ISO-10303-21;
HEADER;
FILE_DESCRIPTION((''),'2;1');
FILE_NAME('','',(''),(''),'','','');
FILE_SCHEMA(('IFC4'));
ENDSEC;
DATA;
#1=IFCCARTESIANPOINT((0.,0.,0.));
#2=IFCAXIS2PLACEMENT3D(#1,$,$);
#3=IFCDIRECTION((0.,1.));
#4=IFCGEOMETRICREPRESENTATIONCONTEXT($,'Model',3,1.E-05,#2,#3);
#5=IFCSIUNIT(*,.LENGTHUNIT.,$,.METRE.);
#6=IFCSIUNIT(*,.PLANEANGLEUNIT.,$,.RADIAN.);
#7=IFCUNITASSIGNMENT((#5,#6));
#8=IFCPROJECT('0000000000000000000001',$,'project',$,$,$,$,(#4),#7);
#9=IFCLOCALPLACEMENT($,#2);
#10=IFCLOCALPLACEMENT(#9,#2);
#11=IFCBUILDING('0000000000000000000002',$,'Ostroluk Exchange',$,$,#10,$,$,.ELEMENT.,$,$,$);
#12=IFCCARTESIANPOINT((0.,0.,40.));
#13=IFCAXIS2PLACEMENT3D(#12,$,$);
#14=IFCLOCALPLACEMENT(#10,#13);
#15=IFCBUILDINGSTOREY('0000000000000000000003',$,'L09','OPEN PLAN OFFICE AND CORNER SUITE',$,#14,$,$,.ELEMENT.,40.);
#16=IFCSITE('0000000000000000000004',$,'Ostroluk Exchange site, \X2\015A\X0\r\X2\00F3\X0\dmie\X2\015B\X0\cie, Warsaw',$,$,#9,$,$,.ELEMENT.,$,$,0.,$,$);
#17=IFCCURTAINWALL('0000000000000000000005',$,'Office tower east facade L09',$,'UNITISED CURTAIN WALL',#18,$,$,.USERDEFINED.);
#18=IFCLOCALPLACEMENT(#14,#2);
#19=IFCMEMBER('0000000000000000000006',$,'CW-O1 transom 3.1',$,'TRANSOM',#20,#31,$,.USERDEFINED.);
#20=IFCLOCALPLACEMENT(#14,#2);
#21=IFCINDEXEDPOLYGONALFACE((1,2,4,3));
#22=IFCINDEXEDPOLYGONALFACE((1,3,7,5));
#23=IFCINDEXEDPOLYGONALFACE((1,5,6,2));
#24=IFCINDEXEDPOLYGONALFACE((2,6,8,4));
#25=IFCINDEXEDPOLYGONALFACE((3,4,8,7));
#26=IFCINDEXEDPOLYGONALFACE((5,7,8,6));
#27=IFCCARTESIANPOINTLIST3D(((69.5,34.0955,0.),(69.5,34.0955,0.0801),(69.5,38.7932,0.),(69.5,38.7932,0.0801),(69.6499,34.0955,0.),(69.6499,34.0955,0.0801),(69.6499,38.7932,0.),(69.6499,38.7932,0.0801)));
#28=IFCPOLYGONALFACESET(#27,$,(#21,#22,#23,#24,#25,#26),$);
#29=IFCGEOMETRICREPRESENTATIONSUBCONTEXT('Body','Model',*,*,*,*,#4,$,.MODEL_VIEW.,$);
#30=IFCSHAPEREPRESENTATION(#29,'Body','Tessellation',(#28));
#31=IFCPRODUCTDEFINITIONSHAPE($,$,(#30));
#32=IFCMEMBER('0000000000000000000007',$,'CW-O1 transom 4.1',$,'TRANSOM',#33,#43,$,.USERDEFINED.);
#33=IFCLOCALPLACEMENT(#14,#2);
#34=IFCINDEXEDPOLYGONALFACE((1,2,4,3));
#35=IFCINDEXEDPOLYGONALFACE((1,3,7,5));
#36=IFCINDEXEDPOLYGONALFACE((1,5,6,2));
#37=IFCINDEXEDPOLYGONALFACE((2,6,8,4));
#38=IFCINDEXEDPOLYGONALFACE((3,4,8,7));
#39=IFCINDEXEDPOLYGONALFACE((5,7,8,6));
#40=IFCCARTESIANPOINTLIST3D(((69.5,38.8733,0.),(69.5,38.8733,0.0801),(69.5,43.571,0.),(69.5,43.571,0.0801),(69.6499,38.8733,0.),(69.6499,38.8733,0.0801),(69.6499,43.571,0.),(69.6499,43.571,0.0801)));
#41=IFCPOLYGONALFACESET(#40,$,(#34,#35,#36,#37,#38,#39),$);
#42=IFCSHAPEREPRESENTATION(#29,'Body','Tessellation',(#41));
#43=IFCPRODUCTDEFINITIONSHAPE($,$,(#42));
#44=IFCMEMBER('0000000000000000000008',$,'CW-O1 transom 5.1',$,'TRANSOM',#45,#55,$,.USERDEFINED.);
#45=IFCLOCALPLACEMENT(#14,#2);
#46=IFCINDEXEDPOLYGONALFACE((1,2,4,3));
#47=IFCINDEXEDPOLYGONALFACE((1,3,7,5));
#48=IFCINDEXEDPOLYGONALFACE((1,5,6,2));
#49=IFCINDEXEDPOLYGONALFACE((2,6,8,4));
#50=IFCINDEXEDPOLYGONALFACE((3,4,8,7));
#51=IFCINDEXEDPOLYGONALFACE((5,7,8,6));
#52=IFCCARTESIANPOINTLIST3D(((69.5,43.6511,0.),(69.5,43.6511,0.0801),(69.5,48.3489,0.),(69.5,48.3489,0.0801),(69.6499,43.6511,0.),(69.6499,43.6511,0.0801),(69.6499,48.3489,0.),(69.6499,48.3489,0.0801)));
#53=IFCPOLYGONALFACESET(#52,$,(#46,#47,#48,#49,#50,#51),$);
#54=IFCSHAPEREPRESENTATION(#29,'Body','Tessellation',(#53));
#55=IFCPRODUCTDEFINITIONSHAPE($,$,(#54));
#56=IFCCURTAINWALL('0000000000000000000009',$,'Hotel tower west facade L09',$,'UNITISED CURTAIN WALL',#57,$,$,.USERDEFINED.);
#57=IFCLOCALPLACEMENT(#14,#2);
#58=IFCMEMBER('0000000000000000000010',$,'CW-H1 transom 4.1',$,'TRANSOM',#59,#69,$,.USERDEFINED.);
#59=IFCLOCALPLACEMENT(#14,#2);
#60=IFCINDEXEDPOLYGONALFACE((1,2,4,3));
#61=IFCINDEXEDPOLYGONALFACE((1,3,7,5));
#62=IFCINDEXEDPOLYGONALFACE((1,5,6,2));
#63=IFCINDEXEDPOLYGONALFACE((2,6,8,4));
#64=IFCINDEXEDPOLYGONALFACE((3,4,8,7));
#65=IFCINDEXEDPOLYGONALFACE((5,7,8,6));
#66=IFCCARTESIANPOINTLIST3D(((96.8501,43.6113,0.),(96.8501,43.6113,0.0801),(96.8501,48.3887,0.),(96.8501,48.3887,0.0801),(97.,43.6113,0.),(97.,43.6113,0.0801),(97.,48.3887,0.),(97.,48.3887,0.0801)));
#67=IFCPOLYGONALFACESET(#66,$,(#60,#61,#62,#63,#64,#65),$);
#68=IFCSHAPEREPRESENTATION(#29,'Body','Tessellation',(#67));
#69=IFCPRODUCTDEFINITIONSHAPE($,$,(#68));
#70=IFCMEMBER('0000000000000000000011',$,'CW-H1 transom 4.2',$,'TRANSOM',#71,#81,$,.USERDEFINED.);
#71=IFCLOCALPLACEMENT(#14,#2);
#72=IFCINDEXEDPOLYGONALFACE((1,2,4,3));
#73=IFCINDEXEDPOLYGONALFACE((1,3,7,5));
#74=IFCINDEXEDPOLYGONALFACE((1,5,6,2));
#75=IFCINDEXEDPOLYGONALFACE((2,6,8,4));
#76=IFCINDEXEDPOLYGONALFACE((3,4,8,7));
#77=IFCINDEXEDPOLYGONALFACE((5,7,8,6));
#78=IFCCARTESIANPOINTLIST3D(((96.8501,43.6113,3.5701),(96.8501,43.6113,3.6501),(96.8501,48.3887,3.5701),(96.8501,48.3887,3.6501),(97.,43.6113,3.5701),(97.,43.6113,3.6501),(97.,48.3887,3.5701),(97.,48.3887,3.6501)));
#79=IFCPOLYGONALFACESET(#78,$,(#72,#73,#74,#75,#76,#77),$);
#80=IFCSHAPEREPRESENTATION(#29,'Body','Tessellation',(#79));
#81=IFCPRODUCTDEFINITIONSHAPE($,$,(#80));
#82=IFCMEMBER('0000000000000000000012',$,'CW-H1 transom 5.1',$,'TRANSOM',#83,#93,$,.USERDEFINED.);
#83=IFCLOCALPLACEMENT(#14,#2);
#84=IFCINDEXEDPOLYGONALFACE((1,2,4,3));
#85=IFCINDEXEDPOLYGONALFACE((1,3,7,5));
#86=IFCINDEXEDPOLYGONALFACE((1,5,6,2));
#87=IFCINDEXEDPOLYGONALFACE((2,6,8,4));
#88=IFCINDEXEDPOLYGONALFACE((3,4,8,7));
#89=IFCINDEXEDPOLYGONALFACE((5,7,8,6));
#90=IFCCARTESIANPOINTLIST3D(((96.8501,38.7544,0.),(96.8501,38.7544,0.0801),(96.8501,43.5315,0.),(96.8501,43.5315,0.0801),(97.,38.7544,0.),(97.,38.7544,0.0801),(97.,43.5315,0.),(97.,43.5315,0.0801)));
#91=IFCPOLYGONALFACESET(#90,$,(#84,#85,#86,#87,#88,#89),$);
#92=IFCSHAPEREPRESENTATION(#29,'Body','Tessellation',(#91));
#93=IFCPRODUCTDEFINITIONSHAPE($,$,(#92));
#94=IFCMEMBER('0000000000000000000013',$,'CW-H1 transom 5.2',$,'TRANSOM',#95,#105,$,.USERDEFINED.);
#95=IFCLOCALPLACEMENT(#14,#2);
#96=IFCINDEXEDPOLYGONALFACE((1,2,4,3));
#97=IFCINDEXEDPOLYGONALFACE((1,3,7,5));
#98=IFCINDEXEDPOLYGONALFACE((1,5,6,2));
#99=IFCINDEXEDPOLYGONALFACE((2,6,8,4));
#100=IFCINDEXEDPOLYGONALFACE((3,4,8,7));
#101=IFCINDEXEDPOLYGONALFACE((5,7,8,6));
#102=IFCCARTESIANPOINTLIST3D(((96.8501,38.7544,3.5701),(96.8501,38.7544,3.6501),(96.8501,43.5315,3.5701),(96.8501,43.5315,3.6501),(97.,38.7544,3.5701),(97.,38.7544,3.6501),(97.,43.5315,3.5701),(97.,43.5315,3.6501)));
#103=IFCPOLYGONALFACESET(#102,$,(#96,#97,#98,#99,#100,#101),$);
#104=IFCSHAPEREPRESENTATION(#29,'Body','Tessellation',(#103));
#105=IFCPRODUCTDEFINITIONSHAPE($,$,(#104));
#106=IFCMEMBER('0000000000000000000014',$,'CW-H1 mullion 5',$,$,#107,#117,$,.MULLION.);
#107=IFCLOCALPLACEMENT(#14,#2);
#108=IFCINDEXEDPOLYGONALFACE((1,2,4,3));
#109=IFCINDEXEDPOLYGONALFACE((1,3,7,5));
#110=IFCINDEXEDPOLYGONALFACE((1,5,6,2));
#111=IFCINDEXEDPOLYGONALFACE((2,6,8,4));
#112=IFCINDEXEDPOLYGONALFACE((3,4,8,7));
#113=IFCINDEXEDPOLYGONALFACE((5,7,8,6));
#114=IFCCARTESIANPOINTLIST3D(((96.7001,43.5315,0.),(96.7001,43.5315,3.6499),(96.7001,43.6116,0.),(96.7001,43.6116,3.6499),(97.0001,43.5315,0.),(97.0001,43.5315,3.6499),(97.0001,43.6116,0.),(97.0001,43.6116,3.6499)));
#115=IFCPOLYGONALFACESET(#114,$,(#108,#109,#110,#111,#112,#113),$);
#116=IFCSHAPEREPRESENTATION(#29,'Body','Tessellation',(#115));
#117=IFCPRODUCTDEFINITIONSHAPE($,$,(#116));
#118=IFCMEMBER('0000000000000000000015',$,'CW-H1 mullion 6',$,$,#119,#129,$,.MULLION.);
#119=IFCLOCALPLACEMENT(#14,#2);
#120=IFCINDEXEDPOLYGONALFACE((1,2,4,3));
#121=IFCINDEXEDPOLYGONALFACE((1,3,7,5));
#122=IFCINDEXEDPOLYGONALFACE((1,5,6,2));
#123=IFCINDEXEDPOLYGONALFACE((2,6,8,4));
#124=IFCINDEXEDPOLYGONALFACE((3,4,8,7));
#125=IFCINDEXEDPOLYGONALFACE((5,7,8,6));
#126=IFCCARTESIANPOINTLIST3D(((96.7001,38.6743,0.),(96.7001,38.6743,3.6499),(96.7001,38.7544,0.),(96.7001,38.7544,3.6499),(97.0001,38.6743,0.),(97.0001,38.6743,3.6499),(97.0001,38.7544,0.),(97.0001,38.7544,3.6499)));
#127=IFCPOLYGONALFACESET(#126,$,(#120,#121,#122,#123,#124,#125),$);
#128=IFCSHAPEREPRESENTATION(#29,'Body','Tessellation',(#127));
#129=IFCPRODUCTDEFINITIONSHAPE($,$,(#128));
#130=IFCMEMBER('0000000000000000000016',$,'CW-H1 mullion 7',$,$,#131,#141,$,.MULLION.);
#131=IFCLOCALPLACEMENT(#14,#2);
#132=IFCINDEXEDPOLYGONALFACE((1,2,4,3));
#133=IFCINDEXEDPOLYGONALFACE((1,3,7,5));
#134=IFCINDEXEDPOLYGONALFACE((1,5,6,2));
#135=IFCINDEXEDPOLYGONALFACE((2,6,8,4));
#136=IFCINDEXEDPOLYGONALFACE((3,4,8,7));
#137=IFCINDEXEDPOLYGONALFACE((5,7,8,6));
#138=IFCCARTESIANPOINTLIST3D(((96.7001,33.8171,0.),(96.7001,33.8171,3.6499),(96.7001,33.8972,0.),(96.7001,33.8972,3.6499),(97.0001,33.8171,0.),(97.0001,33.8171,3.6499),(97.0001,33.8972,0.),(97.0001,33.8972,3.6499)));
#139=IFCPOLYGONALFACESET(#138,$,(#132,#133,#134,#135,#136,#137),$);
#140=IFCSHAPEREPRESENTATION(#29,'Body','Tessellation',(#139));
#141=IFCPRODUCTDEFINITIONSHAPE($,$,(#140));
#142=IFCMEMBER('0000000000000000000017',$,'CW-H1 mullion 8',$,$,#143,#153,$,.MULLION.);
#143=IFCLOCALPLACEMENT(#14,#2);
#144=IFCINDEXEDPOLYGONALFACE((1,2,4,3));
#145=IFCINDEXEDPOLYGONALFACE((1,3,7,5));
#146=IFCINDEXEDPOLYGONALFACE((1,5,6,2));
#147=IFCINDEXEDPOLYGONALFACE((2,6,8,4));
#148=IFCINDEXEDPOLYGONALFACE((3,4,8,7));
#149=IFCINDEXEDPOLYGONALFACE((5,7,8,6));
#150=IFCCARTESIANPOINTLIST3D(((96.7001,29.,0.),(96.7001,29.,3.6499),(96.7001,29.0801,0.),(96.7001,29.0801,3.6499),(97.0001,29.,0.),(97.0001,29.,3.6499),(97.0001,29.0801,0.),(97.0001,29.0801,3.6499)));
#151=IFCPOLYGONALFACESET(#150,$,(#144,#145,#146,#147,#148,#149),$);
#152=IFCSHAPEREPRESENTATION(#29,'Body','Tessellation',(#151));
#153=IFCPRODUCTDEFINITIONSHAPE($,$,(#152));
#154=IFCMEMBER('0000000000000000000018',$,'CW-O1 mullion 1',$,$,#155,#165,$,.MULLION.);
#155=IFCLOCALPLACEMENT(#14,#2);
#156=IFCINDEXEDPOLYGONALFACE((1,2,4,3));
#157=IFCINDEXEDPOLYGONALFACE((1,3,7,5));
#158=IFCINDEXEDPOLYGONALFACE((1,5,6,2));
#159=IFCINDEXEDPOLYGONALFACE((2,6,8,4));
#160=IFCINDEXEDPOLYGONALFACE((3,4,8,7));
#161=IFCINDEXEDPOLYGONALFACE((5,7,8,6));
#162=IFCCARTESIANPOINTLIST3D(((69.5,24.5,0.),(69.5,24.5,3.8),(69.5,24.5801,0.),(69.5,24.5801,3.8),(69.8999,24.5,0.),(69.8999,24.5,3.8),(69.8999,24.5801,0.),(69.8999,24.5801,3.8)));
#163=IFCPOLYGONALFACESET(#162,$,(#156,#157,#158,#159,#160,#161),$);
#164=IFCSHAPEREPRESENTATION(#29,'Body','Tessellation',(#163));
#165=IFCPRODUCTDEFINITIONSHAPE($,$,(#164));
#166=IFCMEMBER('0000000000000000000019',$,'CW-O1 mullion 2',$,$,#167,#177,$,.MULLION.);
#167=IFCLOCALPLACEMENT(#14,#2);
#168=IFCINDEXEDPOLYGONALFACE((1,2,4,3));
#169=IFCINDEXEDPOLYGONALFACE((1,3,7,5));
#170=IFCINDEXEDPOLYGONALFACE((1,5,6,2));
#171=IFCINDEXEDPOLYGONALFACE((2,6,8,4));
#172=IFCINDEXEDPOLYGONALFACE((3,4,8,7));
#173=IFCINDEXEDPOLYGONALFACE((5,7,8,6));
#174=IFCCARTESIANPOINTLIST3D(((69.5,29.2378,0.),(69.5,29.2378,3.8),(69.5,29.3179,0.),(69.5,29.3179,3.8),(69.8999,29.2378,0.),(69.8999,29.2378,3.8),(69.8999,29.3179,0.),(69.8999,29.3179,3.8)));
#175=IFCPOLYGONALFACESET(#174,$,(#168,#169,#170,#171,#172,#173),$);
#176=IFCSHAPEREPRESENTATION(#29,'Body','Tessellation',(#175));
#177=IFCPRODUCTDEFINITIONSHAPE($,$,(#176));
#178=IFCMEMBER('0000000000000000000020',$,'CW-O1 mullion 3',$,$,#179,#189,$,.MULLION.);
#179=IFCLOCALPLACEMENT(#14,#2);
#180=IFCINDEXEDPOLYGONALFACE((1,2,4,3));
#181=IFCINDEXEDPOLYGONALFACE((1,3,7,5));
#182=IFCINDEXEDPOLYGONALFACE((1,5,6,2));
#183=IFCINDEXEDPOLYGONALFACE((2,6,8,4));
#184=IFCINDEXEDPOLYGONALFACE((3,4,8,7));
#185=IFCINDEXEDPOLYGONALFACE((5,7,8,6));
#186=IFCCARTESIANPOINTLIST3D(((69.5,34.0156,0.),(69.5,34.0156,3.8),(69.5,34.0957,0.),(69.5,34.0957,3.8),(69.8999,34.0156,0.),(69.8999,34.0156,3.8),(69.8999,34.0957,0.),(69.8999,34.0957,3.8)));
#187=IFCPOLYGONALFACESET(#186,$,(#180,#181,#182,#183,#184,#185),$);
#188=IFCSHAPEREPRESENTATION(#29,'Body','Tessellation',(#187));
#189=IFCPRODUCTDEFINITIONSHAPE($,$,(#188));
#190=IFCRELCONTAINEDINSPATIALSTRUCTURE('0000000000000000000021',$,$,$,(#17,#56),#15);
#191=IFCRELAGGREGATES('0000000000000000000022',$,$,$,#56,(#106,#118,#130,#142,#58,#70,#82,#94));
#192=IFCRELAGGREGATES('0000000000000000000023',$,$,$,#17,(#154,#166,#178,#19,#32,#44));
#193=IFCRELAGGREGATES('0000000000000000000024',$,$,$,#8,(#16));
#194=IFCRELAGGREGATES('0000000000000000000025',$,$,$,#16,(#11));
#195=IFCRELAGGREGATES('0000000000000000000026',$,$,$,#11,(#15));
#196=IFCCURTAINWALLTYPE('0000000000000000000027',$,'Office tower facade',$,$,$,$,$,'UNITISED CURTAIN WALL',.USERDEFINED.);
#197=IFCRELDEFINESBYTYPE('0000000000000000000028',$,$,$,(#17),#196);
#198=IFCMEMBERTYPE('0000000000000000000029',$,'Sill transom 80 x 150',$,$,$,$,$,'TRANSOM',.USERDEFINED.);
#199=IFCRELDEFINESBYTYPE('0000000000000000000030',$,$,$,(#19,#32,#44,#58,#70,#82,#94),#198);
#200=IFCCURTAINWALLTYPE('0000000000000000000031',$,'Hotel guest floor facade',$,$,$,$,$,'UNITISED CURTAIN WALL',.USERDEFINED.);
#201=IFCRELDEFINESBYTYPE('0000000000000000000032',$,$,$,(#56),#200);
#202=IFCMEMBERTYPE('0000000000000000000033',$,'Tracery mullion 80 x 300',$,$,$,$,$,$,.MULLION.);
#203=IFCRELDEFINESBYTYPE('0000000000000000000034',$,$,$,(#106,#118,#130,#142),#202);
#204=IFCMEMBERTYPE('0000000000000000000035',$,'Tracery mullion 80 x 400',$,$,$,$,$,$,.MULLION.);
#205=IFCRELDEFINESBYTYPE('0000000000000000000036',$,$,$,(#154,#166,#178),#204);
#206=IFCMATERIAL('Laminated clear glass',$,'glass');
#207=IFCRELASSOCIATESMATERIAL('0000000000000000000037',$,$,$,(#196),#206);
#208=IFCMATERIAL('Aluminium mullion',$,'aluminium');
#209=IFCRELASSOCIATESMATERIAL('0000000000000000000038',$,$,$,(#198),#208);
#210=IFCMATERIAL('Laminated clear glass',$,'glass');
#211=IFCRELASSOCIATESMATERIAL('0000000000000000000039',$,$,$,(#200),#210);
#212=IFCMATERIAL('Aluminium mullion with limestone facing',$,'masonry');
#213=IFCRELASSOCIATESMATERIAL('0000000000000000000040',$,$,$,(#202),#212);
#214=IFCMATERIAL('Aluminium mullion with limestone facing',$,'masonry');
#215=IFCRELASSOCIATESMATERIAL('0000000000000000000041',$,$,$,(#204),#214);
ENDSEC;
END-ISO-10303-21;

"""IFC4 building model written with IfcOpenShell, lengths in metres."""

from ifc_helpers import new_model, si_unit, direction, frame, origin, origin_2d, place, context, subcontext, project, spatial, rectangle, extrude, material, material_profile, profile_set, type_object, element, aggregate, save


model = new_model("IFC4")

# Units and contexts
model_context = context("Model", 3, precision=1e-05, world=origin(), true_north=direction((0.0, 1.0)))
body_context = subcontext(model_context, "Body", "Model", "MODEL_VIEW")
ifc_project = project(units=[si_unit("LENGTHUNIT", "METRE"), si_unit("PLANEANGLEUNIT", "RADIAN")], contexts=[model_context])

# Site, building, storey
site_placement = place(None, origin())
site = spatial("IfcSite", under=ifc_project, at=site_placement, Name="Ostroluk Exchange site, Śródmieście, Warsaw", CompositionType="ELEMENT", RefElevation=0.0)
building_placement = place(site_placement, origin())
building = spatial("IfcBuilding", under=site, at=building_placement, Name="Ostroluk Exchange", CompositionType="ELEMENT")
storey_placement = place(building_placement, frame((0.0, 0.0, 40.0)))
storey = spatial("IfcBuildingStorey", under=building, at=storey_placement, Name="L09", Description="OPEN PLAN OFFICE AND CORNER SUITE", CompositionType="ELEMENT", Elevation=40.0)

# Curtain walls, members
ifc_material_1 = material(Name="Laminated clear glass", Category="glass")
curtain_wall_type_1 = type_object("IfcCurtainWallType", Name="Office tower facade", ElementType="UNITISED CURTAIN WALL", PredefinedType="USERDEFINED", material=ifc_material_1)
curtain_wall_1_placement = place(storey_placement, origin())
curtain_wall_1 = element("IfcCurtainWall", 1, at=curtain_wall_1_placement, inside=storey, type_object=curtain_wall_type_1, Name="Office tower east facade L09", ObjectType="UNITISED CURTAIN WALL", PredefinedType="USERDEFINED")
ifc_material_2 = material(Name="Aluminium mullion", Category="aluminium")
ifc_material_profile_1 = material_profile(ifc_material_2, rectangle(XDim=0.1499, YDim=0.0801, at=origin_2d()), Name="Sill transom 80 x 150")
ifc_profile_set_1 = profile_set([ifc_material_profile_1], Name="Aluminium mullion")
member_type_1 = type_object("IfcMemberType", Name="Sill transom 80 x 150", ElementType="TRANSOM", PredefinedType="USERDEFINED", material=ifc_profile_set_1)
member_1_placement = place(storey_placement, frame((69.575, 34.0955, 0.04), z_axis=(0.0, 1.0, 0.0), x_axis=(-1.0, 0.0, 0.0)))
member_1 = element("IfcMember", 2, at=member_1_placement, type_object=member_type_1, Name="CW-O1 transom 3.1", ObjectType="TRANSOM", PredefinedType="USERDEFINED", context=body_context, shape_type="SweptSolid", body=[
    extrude(rectangle(XDim=0.1499, YDim=0.0801, at=origin_2d()), origin(), (0.0, 0.0, 1.0), 4.6978),
])
member_2_placement = place(storey_placement, frame((69.575, 38.8733, 0.04), z_axis=(0.0, 1.0, 0.0), x_axis=(-1.0, 0.0, 0.0)))
member_2 = element("IfcMember", 3, at=member_2_placement, type_object=member_type_1, Name="CW-O1 transom 4.1", ObjectType="TRANSOM", PredefinedType="USERDEFINED", context=body_context, shape_type="SweptSolid", body=[
    extrude(rectangle(XDim=0.1499, YDim=0.0801, at=origin_2d()), origin(), (0.0, 0.0, 1.0), 4.6978),
])
member_3_placement = place(storey_placement, frame((69.575, 43.6511, 0.04), z_axis=(0.0, 1.0, 0.0), x_axis=(-1.0, 0.0, 0.0)))
member_3 = element("IfcMember", 4, at=member_3_placement, type_object=member_type_1, Name="CW-O1 transom 5.1", ObjectType="TRANSOM", PredefinedType="USERDEFINED", context=body_context, shape_type="SweptSolid", body=[
    extrude(rectangle(XDim=0.1499, YDim=0.0801, at=origin_2d()), origin(), (0.0, 0.0, 1.0), 4.6978),
])
ifc_material_3 = material(Name="Laminated clear glass", Category="glass")
curtain_wall_type_2 = type_object("IfcCurtainWallType", Name="Hotel guest floor facade", ElementType="UNITISED CURTAIN WALL", PredefinedType="USERDEFINED", material=ifc_material_3)
curtain_wall_2_placement = place(storey_placement, origin())
curtain_wall_2 = element("IfcCurtainWall", 5, at=curtain_wall_2_placement, inside=storey, type_object=curtain_wall_type_2, Name="Hotel tower west facade L09", ObjectType="UNITISED CURTAIN WALL", PredefinedType="USERDEFINED")
member_4_placement = place(storey_placement, frame((96.925, 48.3887, 0.04), z_axis=(0.0, -1.0, 0.0), x_axis=(1.0, 0.0, 0.0)))
member_4 = element("IfcMember", 6, at=member_4_placement, type_object=member_type_1, Name="CW-H1 transom 4.1", ObjectType="TRANSOM", PredefinedType="USERDEFINED", context=body_context, shape_type="SweptSolid", body=[
    extrude(rectangle(XDim=0.1499, YDim=0.0801, at=origin_2d()), origin(), (0.0, 0.0, 1.0), 4.7773),
])
member_5_placement = place(storey_placement, frame((96.925, 48.3887, 3.6101), z_axis=(0.0, -1.0, 0.0), x_axis=(1.0, 0.0, 0.0)))
member_5 = element("IfcMember", 7, at=member_5_placement, type_object=member_type_1, Name="CW-H1 transom 4.2", ObjectType="TRANSOM", PredefinedType="USERDEFINED", context=body_context, shape_type="SweptSolid", body=[
    extrude(rectangle(XDim=0.1499, YDim=0.0801, at=origin_2d()), origin(), (0.0, 0.0, 1.0), 4.7773),
])
member_6_placement = place(storey_placement, frame((96.925, 43.5315, 0.04), z_axis=(0.0, -1.0, 0.0), x_axis=(1.0, 0.0, 0.0)))
member_6 = element("IfcMember", 8, at=member_6_placement, type_object=member_type_1, Name="CW-H1 transom 5.1", ObjectType="TRANSOM", PredefinedType="USERDEFINED", context=body_context, shape_type="SweptSolid", body=[
    extrude(rectangle(XDim=0.1499, YDim=0.0801, at=origin_2d()), origin(), (0.0, 0.0, 1.0), 4.7771),
])
member_7_placement = place(storey_placement, frame((96.925, 43.5315, 3.6101), z_axis=(0.0, -1.0, 0.0), x_axis=(1.0, 0.0, 0.0)))
member_7 = element("IfcMember", 9, at=member_7_placement, type_object=member_type_1, Name="CW-H1 transom 5.2", ObjectType="TRANSOM", PredefinedType="USERDEFINED", context=body_context, shape_type="SweptSolid", body=[
    extrude(rectangle(XDim=0.1499, YDim=0.0801, at=origin_2d()), origin(), (0.0, 0.0, 1.0), 4.7771),
])
ifc_material_4 = material(Name="Aluminium mullion with limestone facing", Category="masonry")
ifc_material_profile_2 = material_profile(ifc_material_4, rectangle(XDim=0.3, YDim=0.0801, at=origin_2d()), Name="Tracery mullion 80 x 300")
ifc_profile_set_2 = profile_set([ifc_material_profile_2], Name="Aluminium mullion with limestone facing")
member_type_2 = type_object("IfcMemberType", Name="Tracery mullion 80 x 300", PredefinedType="MULLION", material=ifc_profile_set_2)
member_8_placement = place(storey_placement, frame((96.8501, 43.5715, 0.0), z_axis=(0.0, 0.0, 1.0), x_axis=(1.0, 0.0, 0.0)))
member_8 = element("IfcMember", 10, at=member_8_placement, type_object=member_type_2, Name="CW-H1 mullion 5", PredefinedType="MULLION", context=body_context, shape_type="SweptSolid", body=[
    extrude(rectangle(XDim=0.3, YDim=0.0801, at=origin_2d()), origin(), (0.0, 0.0, 1.0), 3.6499),
])
member_9_placement = place(storey_placement, frame((96.8501, 38.7144, 0.0), z_axis=(0.0, 0.0, 1.0), x_axis=(1.0, 0.0, 0.0)))
member_9 = element("IfcMember", 11, at=member_9_placement, type_object=member_type_2, Name="CW-H1 mullion 6", PredefinedType="MULLION", context=body_context, shape_type="SweptSolid", body=[
    extrude(rectangle(XDim=0.3, YDim=0.0801, at=origin_2d()), origin(), (0.0, 0.0, 1.0), 3.6499),
])
member_10_placement = place(storey_placement, frame((96.8501, 33.8572, 0.0), z_axis=(0.0, 0.0, 1.0), x_axis=(1.0, 0.0, 0.0)))
member_10 = element("IfcMember", 12, at=member_10_placement, type_object=member_type_2, Name="CW-H1 mullion 7", PredefinedType="MULLION", context=body_context, shape_type="SweptSolid", body=[
    extrude(rectangle(XDim=0.3, YDim=0.0801, at=origin_2d()), origin(), (0.0, 0.0, 1.0), 3.6499),
])
member_11_placement = place(storey_placement, frame((96.8501, 29.04, 0.0), z_axis=(0.0, 0.0, 1.0), x_axis=(1.0, 0.0, 0.0)))
member_11 = element("IfcMember", 13, at=member_11_placement, type_object=member_type_2, Name="CW-H1 mullion 8", PredefinedType="MULLION", context=body_context, shape_type="SweptSolid", body=[
    extrude(rectangle(XDim=0.3, YDim=0.0801, at=origin_2d()), origin(), (0.0, 0.0, 1.0), 3.6499),
])

# Members
ifc_material_5 = material(Name="Aluminium mullion with limestone facing", Category="masonry")
ifc_material_profile_3 = material_profile(ifc_material_5, rectangle(XDim=0.3999, YDim=0.0801, at=origin_2d()), Name="Tracery mullion 80 x 400")
ifc_profile_set_3 = profile_set([ifc_material_profile_3], Name="Aluminium mullion with limestone facing")
member_type_3 = type_object("IfcMemberType", Name="Tracery mullion 80 x 400", PredefinedType="MULLION", material=ifc_profile_set_3)
member_12_placement = place(storey_placement, frame((69.7, 24.54, 0.0), z_axis=(0.0, 0.0, 1.0), x_axis=(-1.0, 0.0, 0.0)))
member_12 = element("IfcMember", 14, at=member_12_placement, type_object=member_type_3, Name="CW-O1 mullion 1", PredefinedType="MULLION", context=body_context, shape_type="SweptSolid", body=[
    extrude(rectangle(XDim=0.3999, YDim=0.0801, at=origin_2d()), origin(), (0.0, 0.0, 1.0), 3.8),
])
member_13_placement = place(storey_placement, frame((69.7, 29.2778, 0.0), z_axis=(0.0, 0.0, 1.0), x_axis=(-1.0, 0.0, 0.0)))
member_13 = element("IfcMember", 15, at=member_13_placement, type_object=member_type_3, Name="CW-O1 mullion 2", PredefinedType="MULLION", context=body_context, shape_type="SweptSolid", body=[
    extrude(rectangle(XDim=0.3999, YDim=0.0801, at=origin_2d()), origin(), (0.0, 0.0, 1.0), 3.8),
])
member_14_placement = place(storey_placement, frame((69.7, 34.0557, 0.0), z_axis=(0.0, 0.0, 1.0), x_axis=(-1.0, 0.0, 0.0)))
member_14 = element("IfcMember", 16, at=member_14_placement, type_object=member_type_3, Name="CW-O1 mullion 3", PredefinedType="MULLION", context=body_context, shape_type="SweptSolid", body=[
    extrude(rectangle(XDim=0.3999, YDim=0.0801, at=origin_2d()), origin(), (0.0, 0.0, 1.0), 3.8),
])

aggregate(curtain_wall_2, [member_8, member_9, member_10, member_11, member_4, member_5, member_6, member_7])
aggregate(curtain_wall_1, [member_12, member_13, member_14, member_1, member_2, member_3])

save(model, "model.ifc")
